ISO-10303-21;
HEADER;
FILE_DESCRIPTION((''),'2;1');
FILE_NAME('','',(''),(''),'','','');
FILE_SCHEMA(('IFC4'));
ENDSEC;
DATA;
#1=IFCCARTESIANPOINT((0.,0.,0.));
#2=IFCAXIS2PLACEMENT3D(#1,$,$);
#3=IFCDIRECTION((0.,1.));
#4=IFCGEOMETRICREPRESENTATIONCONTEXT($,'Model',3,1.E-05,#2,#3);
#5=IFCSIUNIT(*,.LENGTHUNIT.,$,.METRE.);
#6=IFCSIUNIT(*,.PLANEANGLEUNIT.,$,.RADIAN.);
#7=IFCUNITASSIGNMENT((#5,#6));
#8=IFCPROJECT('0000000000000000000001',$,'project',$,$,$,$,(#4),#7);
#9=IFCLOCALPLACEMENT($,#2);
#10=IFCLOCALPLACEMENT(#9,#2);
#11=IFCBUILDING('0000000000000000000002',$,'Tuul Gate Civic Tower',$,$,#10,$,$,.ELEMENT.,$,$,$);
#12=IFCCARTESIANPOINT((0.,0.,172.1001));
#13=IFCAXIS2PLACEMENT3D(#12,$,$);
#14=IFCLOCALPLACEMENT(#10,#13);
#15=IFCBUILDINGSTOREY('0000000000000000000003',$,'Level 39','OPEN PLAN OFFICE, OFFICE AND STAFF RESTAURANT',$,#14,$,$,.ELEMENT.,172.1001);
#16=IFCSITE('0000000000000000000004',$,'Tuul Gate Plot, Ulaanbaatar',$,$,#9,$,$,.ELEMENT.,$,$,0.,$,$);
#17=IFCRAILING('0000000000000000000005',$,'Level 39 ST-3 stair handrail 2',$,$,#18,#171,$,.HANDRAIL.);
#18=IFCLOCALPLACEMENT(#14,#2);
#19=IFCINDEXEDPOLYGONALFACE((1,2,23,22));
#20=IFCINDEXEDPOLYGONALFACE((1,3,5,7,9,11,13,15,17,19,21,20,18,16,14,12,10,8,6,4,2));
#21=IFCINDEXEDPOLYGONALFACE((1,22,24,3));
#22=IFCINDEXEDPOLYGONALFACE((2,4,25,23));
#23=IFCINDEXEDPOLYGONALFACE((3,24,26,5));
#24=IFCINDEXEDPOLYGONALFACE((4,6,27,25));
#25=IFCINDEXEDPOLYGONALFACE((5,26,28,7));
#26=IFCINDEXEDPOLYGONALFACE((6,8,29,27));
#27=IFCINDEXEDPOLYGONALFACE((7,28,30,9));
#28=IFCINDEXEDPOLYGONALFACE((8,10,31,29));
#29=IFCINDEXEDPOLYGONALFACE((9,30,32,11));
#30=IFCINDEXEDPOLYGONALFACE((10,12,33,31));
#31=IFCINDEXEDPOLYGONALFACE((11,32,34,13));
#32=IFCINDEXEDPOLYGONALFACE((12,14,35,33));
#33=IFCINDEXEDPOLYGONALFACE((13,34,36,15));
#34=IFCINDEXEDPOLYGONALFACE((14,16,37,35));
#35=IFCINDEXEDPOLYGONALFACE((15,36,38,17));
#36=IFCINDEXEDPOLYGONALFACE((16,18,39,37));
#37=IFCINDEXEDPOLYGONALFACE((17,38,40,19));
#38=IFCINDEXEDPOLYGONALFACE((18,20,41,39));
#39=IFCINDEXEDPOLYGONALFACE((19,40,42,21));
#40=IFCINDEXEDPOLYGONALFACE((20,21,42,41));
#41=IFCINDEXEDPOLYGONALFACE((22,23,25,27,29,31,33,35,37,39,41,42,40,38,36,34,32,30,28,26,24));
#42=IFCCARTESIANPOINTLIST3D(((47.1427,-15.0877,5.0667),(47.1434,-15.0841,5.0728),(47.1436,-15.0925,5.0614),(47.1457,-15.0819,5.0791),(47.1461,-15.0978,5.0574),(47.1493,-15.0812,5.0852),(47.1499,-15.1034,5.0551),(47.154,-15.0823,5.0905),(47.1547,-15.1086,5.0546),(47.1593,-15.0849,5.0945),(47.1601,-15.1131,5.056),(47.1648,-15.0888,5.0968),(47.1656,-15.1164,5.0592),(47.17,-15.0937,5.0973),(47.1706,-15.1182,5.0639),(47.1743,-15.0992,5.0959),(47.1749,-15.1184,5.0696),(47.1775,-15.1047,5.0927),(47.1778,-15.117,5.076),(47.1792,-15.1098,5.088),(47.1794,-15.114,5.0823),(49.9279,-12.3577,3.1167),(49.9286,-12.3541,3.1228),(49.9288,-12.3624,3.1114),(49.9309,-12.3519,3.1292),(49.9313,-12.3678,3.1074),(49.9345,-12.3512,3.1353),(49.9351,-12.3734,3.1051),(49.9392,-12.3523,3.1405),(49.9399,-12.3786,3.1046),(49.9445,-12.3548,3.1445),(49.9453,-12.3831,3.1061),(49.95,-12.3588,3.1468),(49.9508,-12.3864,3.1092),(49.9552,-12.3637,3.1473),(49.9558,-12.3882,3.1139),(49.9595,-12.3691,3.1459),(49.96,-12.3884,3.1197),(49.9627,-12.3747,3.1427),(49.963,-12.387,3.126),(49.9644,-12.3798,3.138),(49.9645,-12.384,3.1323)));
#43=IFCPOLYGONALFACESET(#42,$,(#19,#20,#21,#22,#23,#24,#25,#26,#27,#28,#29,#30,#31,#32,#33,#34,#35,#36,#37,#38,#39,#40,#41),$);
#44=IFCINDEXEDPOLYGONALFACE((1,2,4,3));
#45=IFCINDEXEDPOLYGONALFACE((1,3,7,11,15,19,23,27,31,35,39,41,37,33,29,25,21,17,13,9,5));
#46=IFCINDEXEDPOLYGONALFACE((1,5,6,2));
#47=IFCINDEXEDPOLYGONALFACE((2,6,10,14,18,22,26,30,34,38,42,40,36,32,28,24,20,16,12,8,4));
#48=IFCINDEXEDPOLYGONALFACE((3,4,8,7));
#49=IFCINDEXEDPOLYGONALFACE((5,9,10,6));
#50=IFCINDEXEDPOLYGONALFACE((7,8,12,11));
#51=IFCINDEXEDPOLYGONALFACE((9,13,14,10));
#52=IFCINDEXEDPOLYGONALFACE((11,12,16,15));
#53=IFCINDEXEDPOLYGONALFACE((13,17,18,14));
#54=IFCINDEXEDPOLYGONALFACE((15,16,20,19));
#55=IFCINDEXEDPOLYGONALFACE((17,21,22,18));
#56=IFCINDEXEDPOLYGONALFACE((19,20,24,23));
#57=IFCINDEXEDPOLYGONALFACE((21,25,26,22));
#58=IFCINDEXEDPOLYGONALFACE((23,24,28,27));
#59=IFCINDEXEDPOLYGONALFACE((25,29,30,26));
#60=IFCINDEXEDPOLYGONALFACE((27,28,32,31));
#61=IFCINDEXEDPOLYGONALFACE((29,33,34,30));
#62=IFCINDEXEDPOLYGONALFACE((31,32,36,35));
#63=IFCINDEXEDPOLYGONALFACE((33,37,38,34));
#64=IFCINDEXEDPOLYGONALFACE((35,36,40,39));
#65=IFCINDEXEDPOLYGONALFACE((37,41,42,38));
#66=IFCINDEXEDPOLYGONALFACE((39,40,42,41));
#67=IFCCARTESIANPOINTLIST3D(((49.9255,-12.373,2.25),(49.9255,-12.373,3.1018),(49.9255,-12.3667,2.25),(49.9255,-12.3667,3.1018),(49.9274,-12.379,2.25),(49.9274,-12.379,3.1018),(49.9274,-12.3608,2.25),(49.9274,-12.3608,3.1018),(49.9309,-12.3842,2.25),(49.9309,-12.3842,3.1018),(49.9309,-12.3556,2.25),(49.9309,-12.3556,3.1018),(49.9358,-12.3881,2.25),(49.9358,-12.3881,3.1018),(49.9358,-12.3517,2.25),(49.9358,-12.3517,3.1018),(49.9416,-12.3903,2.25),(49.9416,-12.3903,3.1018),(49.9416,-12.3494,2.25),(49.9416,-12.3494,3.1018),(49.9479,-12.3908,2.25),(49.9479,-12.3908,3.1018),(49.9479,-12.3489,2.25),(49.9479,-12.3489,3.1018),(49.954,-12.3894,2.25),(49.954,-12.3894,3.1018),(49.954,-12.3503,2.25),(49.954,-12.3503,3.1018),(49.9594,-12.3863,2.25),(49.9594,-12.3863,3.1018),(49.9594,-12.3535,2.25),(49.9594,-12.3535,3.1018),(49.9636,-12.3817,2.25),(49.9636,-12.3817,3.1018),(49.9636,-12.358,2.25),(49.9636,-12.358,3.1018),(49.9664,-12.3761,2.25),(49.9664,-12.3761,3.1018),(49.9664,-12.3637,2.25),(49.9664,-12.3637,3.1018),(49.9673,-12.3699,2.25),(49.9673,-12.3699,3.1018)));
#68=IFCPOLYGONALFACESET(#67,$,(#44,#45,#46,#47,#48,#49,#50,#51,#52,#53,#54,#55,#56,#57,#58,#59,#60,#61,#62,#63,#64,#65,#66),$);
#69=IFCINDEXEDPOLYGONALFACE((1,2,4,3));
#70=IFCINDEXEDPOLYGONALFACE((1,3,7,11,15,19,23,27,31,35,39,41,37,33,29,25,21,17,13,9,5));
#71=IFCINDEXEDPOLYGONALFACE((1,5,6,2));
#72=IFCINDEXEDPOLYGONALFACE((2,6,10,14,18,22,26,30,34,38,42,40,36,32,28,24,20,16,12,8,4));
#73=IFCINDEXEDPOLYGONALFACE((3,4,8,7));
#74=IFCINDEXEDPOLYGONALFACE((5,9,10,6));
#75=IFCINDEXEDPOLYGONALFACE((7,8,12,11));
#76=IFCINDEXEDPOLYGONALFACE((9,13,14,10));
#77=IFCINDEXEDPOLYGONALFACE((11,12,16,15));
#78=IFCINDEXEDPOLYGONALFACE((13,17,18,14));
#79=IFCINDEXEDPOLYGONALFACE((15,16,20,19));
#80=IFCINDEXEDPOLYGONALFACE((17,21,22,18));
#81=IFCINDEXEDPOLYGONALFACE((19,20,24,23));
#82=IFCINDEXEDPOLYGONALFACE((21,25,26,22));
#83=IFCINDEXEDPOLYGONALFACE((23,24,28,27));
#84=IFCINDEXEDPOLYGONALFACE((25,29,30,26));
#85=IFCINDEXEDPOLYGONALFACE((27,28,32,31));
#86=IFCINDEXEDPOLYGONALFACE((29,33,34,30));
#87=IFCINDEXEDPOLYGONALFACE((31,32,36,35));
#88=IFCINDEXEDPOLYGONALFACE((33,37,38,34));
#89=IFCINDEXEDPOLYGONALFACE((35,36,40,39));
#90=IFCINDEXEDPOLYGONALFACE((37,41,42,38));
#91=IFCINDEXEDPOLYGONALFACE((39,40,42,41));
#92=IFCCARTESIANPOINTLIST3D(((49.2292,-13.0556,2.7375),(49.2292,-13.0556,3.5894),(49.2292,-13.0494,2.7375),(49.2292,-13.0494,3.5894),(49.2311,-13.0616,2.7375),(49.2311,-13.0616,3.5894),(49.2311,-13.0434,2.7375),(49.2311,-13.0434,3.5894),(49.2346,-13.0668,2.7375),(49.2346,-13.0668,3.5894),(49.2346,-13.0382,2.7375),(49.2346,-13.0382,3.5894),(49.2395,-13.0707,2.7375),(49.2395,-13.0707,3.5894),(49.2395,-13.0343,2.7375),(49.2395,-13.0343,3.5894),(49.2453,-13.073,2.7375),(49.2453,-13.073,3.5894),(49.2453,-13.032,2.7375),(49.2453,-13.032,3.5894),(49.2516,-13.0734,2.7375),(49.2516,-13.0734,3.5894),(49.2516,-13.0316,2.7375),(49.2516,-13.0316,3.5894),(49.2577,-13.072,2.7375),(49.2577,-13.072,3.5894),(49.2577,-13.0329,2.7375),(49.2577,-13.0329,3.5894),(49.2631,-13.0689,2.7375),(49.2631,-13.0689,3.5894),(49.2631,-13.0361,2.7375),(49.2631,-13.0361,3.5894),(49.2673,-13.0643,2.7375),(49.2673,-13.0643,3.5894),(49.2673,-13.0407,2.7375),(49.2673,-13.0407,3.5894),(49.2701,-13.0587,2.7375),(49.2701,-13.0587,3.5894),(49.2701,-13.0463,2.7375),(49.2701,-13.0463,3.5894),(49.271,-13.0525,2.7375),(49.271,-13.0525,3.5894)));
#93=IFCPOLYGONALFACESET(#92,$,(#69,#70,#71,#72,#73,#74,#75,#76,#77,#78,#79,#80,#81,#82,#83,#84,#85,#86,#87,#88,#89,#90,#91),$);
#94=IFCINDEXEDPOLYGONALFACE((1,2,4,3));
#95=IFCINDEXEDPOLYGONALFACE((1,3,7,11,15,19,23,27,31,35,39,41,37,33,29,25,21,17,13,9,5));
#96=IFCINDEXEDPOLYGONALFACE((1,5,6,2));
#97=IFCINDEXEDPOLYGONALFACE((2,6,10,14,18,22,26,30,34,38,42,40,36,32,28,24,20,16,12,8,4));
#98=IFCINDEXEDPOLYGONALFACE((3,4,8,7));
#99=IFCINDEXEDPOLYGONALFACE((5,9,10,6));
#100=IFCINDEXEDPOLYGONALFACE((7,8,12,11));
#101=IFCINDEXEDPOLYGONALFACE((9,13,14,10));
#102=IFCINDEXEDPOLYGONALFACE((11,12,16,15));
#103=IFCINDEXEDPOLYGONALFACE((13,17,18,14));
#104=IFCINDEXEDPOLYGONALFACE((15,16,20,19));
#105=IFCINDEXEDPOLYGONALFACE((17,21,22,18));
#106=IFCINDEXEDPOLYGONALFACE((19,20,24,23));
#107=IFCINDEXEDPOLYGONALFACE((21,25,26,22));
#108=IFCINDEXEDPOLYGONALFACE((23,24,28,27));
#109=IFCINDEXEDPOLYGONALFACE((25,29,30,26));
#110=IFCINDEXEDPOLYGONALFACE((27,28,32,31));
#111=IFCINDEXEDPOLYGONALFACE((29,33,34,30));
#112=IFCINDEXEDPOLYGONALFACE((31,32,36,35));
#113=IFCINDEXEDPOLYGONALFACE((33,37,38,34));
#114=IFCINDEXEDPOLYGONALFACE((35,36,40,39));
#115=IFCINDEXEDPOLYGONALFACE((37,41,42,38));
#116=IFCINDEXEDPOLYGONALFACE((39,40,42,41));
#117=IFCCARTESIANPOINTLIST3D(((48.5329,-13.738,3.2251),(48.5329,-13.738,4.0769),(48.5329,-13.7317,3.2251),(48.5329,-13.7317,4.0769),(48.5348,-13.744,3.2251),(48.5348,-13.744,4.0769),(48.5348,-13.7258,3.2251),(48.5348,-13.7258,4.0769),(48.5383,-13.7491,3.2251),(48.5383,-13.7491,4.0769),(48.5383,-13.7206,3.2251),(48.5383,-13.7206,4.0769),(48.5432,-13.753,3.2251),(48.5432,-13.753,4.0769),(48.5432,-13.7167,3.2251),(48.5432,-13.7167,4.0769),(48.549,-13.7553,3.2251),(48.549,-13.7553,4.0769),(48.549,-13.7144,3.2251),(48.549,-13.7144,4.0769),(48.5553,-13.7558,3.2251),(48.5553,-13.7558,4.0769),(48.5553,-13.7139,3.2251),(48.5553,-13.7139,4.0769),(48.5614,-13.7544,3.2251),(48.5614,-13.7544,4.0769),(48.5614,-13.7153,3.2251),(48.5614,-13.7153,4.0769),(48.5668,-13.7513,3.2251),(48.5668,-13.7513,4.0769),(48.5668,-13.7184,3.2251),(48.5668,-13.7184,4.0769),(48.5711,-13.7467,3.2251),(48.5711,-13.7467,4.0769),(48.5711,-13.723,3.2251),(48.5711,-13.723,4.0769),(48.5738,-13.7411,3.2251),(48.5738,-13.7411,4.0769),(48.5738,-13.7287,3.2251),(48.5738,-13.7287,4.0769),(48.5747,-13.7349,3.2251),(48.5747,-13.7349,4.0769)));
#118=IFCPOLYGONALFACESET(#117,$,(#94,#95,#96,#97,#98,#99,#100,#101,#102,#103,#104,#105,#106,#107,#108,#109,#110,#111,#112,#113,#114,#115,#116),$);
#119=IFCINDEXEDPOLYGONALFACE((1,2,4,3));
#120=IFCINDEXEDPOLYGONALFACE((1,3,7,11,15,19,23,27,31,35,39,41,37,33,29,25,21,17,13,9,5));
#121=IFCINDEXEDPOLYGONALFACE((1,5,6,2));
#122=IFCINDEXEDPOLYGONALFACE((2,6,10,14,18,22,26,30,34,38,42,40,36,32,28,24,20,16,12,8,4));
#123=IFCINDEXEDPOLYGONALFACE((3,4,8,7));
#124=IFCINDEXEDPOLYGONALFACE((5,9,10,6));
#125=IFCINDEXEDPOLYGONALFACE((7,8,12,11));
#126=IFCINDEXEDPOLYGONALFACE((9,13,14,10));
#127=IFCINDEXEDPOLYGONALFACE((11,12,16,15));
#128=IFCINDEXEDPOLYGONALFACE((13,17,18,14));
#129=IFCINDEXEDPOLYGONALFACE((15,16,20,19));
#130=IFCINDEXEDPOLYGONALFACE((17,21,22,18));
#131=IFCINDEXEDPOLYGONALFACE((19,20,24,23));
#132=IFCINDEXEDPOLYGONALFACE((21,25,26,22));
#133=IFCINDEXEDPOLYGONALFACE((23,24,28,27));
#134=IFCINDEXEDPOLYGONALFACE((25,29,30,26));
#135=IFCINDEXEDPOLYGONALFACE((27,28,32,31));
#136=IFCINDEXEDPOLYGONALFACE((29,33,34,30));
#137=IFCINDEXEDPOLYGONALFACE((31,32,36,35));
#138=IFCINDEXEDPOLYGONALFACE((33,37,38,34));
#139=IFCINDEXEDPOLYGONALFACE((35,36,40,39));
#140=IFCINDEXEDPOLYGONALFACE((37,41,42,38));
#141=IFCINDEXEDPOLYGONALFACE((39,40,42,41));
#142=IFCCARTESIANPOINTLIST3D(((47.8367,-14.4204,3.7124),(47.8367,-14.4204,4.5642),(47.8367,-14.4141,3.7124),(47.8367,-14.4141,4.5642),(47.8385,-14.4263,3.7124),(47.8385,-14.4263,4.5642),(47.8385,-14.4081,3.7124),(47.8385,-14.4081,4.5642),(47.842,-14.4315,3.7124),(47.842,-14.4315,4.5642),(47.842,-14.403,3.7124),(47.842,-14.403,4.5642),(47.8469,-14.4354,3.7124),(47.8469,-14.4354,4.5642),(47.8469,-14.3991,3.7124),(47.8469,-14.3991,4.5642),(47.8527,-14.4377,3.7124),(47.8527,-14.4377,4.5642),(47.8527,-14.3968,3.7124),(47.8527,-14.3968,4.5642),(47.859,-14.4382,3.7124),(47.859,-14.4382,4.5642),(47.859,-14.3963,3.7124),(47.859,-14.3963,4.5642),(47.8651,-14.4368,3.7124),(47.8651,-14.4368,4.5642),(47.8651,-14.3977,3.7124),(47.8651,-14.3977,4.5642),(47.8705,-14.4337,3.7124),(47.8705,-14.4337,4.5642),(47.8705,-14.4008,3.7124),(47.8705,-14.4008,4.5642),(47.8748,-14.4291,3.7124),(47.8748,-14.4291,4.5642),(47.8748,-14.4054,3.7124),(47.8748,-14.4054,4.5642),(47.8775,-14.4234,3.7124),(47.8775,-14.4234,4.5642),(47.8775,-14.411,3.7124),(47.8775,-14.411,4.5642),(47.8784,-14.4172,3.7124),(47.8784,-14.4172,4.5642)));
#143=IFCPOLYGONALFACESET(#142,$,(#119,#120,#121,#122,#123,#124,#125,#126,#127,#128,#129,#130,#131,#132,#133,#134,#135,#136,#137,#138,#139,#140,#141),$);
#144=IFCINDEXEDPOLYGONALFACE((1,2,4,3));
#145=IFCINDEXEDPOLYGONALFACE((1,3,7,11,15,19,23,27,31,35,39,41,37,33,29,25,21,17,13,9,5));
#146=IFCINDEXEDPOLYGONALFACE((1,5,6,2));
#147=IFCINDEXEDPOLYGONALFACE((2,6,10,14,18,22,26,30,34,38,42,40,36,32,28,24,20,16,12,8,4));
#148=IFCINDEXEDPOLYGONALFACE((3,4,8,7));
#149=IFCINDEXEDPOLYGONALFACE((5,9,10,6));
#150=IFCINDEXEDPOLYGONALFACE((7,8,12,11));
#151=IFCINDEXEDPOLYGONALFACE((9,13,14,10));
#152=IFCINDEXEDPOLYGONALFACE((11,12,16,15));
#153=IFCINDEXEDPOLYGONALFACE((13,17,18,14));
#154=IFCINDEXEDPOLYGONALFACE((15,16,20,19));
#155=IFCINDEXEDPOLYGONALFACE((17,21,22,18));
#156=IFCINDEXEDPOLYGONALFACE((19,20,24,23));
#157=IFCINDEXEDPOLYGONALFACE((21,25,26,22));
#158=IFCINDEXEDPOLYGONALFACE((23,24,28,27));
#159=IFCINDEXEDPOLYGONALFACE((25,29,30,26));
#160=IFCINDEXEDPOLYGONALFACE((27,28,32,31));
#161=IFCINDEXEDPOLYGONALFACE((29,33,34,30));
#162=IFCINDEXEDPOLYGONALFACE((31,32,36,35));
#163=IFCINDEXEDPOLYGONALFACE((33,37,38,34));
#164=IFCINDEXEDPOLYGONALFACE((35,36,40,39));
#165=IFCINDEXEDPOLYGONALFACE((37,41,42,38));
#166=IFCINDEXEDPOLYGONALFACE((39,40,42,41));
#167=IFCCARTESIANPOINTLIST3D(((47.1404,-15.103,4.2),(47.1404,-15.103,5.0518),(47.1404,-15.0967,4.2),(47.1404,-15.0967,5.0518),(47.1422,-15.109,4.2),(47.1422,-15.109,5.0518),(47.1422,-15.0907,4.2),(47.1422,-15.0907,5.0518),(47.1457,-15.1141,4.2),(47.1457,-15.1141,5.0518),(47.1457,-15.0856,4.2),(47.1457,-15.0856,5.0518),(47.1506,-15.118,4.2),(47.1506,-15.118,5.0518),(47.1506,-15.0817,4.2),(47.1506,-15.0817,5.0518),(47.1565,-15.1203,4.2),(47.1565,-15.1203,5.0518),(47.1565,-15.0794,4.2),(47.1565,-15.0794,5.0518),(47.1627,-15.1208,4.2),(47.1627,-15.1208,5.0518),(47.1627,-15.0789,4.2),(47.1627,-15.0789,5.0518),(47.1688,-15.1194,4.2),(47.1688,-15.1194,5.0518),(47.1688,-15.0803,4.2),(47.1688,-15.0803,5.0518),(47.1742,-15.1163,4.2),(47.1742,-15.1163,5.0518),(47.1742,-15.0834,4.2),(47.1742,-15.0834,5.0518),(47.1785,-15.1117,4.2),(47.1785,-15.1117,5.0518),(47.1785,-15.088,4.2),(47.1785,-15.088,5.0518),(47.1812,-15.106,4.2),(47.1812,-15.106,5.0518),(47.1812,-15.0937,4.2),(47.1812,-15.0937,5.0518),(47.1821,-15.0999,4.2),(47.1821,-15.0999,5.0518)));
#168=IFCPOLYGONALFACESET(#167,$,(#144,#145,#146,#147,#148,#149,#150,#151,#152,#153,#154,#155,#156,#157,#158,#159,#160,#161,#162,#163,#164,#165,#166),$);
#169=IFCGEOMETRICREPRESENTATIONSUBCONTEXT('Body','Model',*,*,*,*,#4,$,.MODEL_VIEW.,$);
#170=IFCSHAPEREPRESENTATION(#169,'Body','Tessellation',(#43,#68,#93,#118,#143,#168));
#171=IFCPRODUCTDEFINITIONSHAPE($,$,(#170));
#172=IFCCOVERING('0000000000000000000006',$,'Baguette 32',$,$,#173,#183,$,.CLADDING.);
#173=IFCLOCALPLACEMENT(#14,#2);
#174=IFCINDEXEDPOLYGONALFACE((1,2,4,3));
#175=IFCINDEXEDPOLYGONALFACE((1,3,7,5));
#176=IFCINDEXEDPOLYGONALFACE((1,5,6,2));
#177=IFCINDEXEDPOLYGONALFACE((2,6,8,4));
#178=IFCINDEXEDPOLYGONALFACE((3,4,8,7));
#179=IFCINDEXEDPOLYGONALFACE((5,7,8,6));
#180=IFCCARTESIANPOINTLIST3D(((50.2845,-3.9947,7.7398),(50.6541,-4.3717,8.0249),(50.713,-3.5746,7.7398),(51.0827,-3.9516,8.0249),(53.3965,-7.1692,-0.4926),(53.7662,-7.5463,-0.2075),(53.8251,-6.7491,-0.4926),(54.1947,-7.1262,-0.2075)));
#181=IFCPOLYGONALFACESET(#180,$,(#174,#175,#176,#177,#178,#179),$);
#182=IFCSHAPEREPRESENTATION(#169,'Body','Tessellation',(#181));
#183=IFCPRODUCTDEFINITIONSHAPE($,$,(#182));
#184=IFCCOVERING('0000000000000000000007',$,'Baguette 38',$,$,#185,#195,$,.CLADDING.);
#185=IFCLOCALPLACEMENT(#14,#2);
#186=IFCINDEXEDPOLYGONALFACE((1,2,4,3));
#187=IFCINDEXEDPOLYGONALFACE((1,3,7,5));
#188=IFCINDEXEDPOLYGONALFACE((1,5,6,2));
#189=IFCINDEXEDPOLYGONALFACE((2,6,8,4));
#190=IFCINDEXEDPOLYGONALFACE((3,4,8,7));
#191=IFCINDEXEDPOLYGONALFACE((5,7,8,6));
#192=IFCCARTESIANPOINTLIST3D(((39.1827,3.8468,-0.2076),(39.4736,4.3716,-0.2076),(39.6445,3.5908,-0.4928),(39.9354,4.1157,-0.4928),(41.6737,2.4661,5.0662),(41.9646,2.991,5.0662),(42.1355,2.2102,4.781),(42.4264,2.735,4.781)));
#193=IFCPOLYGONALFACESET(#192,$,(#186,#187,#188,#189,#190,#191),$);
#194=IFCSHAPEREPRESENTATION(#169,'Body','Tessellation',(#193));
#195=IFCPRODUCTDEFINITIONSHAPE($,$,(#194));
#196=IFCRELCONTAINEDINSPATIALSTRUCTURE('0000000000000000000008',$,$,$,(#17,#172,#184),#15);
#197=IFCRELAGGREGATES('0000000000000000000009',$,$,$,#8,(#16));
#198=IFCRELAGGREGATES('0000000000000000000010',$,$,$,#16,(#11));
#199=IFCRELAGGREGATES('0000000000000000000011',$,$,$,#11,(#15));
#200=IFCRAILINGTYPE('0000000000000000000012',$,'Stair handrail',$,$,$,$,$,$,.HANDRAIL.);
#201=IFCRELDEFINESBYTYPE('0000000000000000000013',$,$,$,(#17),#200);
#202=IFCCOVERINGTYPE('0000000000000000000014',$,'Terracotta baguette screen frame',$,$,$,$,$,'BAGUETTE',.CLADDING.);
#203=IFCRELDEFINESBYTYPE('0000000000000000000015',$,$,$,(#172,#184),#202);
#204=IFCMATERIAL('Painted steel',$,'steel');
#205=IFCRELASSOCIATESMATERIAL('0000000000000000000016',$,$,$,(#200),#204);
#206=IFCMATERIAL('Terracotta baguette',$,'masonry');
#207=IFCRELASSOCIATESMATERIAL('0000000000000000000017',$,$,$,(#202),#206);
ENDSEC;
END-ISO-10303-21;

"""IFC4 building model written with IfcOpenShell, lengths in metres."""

from ifc_helpers import new_model, si_unit, direction, frame, origin, origin_2d, place, context, subcontext, project, spatial, rectangle, circle, extrude, material, material_profile, profile_set, type_object, element, save


model = new_model("IFC4")

# Units and contexts
model_context = context("Model", 3, precision=1e-05, world=origin(), true_north=direction((0.0, 1.0)))
body_context = subcontext(model_context, "Body", "Model", "MODEL_VIEW")
ifc_project = project(units=[si_unit("LENGTHUNIT", "METRE"), si_unit("PLANEANGLEUNIT", "RADIAN")], contexts=[model_context])

# Site, building, storey
site_placement = place(None, origin())
site = spatial("IfcSite", under=ifc_project, at=site_placement, Name="Tuul Gate Plot, Ulaanbaatar", CompositionType="ELEMENT", RefElevation=0.0)
building_placement = place(site_placement, origin())
building = spatial("IfcBuilding", under=site, at=building_placement, Name="Tuul Gate Civic Tower", CompositionType="ELEMENT")
storey_placement = place(building_placement, frame((0.0, 0.0, 172.1001)))
storey = spatial("IfcBuildingStorey", under=building, at=storey_placement, Name="Level 39", Description="OPEN PLAN OFFICE, OFFICE AND STAFF RESTAURANT", CompositionType="ELEMENT", Elevation=172.1001)

# Railing
ifc_material_1 = material(Name="Painted steel", Category="steel")
railing_type = type_object("IfcRailingType", Name="Stair handrail", PredefinedType="HANDRAIL", material=ifc_material_1)
railing_placement = place(storey_placement, frame((49.9463, -12.3699, 2.25)))
element("IfcRailing", 1, at=railing_placement, inside=storey, type_object=railing_type, Name="Level 39 ST-3 stair handrail 2", PredefinedType="HANDRAIL", context=body_context, shape_type="SweptSolid", body=[
    extrude(circle(Radius=0.0239, at=origin_2d()), frame((0.0, 0.0, 0.876), z_axis=(-0.638754, -0.6261, 0.447206), x_axis=(0.699998, -0.714145, 0.0)), (0.0, 0.0, 1.0), 4.3604),
    extrude(circle(Radius=0.021, at=origin_2d()), origin(), (0.0, 0.0, 1.0), 0.8518),
    extrude(circle(Radius=0.021, at=origin_2d()), frame((-0.6963, -0.6826, 0.4875)), (0.0, 0.0, 1.0), 0.8518),
    extrude(circle(Radius=0.021, at=origin_2d()), frame((-1.3926, -1.365, 0.9751)), (0.0, 0.0, 1.0), 0.8518),
    extrude(circle(Radius=0.021, at=origin_2d()), frame((-2.0889, -2.0474, 1.4624)), (0.0, 0.0, 1.0), 0.8518),
    extrude(circle(Radius=0.021, at=origin_2d()), frame((-2.7852, -2.73, 1.95)), (0.0, 0.0, 1.0), 0.8518),
])

# Coverings
ifc_material_2 = material(Name="Terracotta baguette", Category="masonry")
ifc_material_profile_1 = material_profile(ifc_material_2, rectangle(XDim=0.6001, YDim=0.6001, at=origin_2d()), Name="Terracotta baguette screen frame")
ifc_profile_set_1 = profile_set([ifc_material_profile_1], Name="Terracotta baguette")
covering_type = type_object("IfcCoveringType", Name="Terracotta baguette screen frame", ElementType="BAGUETTE", PredefinedType="CLADDING", material=ifc_profile_set_1)
covering_1_placement = place(storey_placement, frame((50.6836, -3.9731, 7.8823), z_axis=(0.332626, -0.339306, -0.879904), x_axis=(0.714101, 0.700042, 0.0)))
element("IfcCovering", 2, at=covering_1_placement, inside=storey, type_object=covering_type, Name="Baguette 32", PredefinedType="CLADDING", context=body_context, shape_type="SweptSolid", body=[
    extrude(rectangle(XDim=0.6001, YDim=0.6001, at=origin_2d()), origin(), (0.0, 0.0, 1.0), 9.356),
])
covering_2_placement = place(storey_placement, frame((42.05, 2.6006, 4.9236), z_axis=(-0.415607, 0.23035, -0.879892), x_axis=(-0.484769, -0.874642, 0.0)))
element("IfcCovering", 3, at=covering_2_placement, inside=storey, type_object=covering_type, Name="Baguette 38", PredefinedType="CLADDING", context=body_context, shape_type="SweptSolid", body=[
    extrude(rectangle(XDim=0.6001, YDim=0.6001, at=origin_2d()), origin(), (0.0, 0.0, 1.0), 5.9937),
])

save(model, "model.ifc")
